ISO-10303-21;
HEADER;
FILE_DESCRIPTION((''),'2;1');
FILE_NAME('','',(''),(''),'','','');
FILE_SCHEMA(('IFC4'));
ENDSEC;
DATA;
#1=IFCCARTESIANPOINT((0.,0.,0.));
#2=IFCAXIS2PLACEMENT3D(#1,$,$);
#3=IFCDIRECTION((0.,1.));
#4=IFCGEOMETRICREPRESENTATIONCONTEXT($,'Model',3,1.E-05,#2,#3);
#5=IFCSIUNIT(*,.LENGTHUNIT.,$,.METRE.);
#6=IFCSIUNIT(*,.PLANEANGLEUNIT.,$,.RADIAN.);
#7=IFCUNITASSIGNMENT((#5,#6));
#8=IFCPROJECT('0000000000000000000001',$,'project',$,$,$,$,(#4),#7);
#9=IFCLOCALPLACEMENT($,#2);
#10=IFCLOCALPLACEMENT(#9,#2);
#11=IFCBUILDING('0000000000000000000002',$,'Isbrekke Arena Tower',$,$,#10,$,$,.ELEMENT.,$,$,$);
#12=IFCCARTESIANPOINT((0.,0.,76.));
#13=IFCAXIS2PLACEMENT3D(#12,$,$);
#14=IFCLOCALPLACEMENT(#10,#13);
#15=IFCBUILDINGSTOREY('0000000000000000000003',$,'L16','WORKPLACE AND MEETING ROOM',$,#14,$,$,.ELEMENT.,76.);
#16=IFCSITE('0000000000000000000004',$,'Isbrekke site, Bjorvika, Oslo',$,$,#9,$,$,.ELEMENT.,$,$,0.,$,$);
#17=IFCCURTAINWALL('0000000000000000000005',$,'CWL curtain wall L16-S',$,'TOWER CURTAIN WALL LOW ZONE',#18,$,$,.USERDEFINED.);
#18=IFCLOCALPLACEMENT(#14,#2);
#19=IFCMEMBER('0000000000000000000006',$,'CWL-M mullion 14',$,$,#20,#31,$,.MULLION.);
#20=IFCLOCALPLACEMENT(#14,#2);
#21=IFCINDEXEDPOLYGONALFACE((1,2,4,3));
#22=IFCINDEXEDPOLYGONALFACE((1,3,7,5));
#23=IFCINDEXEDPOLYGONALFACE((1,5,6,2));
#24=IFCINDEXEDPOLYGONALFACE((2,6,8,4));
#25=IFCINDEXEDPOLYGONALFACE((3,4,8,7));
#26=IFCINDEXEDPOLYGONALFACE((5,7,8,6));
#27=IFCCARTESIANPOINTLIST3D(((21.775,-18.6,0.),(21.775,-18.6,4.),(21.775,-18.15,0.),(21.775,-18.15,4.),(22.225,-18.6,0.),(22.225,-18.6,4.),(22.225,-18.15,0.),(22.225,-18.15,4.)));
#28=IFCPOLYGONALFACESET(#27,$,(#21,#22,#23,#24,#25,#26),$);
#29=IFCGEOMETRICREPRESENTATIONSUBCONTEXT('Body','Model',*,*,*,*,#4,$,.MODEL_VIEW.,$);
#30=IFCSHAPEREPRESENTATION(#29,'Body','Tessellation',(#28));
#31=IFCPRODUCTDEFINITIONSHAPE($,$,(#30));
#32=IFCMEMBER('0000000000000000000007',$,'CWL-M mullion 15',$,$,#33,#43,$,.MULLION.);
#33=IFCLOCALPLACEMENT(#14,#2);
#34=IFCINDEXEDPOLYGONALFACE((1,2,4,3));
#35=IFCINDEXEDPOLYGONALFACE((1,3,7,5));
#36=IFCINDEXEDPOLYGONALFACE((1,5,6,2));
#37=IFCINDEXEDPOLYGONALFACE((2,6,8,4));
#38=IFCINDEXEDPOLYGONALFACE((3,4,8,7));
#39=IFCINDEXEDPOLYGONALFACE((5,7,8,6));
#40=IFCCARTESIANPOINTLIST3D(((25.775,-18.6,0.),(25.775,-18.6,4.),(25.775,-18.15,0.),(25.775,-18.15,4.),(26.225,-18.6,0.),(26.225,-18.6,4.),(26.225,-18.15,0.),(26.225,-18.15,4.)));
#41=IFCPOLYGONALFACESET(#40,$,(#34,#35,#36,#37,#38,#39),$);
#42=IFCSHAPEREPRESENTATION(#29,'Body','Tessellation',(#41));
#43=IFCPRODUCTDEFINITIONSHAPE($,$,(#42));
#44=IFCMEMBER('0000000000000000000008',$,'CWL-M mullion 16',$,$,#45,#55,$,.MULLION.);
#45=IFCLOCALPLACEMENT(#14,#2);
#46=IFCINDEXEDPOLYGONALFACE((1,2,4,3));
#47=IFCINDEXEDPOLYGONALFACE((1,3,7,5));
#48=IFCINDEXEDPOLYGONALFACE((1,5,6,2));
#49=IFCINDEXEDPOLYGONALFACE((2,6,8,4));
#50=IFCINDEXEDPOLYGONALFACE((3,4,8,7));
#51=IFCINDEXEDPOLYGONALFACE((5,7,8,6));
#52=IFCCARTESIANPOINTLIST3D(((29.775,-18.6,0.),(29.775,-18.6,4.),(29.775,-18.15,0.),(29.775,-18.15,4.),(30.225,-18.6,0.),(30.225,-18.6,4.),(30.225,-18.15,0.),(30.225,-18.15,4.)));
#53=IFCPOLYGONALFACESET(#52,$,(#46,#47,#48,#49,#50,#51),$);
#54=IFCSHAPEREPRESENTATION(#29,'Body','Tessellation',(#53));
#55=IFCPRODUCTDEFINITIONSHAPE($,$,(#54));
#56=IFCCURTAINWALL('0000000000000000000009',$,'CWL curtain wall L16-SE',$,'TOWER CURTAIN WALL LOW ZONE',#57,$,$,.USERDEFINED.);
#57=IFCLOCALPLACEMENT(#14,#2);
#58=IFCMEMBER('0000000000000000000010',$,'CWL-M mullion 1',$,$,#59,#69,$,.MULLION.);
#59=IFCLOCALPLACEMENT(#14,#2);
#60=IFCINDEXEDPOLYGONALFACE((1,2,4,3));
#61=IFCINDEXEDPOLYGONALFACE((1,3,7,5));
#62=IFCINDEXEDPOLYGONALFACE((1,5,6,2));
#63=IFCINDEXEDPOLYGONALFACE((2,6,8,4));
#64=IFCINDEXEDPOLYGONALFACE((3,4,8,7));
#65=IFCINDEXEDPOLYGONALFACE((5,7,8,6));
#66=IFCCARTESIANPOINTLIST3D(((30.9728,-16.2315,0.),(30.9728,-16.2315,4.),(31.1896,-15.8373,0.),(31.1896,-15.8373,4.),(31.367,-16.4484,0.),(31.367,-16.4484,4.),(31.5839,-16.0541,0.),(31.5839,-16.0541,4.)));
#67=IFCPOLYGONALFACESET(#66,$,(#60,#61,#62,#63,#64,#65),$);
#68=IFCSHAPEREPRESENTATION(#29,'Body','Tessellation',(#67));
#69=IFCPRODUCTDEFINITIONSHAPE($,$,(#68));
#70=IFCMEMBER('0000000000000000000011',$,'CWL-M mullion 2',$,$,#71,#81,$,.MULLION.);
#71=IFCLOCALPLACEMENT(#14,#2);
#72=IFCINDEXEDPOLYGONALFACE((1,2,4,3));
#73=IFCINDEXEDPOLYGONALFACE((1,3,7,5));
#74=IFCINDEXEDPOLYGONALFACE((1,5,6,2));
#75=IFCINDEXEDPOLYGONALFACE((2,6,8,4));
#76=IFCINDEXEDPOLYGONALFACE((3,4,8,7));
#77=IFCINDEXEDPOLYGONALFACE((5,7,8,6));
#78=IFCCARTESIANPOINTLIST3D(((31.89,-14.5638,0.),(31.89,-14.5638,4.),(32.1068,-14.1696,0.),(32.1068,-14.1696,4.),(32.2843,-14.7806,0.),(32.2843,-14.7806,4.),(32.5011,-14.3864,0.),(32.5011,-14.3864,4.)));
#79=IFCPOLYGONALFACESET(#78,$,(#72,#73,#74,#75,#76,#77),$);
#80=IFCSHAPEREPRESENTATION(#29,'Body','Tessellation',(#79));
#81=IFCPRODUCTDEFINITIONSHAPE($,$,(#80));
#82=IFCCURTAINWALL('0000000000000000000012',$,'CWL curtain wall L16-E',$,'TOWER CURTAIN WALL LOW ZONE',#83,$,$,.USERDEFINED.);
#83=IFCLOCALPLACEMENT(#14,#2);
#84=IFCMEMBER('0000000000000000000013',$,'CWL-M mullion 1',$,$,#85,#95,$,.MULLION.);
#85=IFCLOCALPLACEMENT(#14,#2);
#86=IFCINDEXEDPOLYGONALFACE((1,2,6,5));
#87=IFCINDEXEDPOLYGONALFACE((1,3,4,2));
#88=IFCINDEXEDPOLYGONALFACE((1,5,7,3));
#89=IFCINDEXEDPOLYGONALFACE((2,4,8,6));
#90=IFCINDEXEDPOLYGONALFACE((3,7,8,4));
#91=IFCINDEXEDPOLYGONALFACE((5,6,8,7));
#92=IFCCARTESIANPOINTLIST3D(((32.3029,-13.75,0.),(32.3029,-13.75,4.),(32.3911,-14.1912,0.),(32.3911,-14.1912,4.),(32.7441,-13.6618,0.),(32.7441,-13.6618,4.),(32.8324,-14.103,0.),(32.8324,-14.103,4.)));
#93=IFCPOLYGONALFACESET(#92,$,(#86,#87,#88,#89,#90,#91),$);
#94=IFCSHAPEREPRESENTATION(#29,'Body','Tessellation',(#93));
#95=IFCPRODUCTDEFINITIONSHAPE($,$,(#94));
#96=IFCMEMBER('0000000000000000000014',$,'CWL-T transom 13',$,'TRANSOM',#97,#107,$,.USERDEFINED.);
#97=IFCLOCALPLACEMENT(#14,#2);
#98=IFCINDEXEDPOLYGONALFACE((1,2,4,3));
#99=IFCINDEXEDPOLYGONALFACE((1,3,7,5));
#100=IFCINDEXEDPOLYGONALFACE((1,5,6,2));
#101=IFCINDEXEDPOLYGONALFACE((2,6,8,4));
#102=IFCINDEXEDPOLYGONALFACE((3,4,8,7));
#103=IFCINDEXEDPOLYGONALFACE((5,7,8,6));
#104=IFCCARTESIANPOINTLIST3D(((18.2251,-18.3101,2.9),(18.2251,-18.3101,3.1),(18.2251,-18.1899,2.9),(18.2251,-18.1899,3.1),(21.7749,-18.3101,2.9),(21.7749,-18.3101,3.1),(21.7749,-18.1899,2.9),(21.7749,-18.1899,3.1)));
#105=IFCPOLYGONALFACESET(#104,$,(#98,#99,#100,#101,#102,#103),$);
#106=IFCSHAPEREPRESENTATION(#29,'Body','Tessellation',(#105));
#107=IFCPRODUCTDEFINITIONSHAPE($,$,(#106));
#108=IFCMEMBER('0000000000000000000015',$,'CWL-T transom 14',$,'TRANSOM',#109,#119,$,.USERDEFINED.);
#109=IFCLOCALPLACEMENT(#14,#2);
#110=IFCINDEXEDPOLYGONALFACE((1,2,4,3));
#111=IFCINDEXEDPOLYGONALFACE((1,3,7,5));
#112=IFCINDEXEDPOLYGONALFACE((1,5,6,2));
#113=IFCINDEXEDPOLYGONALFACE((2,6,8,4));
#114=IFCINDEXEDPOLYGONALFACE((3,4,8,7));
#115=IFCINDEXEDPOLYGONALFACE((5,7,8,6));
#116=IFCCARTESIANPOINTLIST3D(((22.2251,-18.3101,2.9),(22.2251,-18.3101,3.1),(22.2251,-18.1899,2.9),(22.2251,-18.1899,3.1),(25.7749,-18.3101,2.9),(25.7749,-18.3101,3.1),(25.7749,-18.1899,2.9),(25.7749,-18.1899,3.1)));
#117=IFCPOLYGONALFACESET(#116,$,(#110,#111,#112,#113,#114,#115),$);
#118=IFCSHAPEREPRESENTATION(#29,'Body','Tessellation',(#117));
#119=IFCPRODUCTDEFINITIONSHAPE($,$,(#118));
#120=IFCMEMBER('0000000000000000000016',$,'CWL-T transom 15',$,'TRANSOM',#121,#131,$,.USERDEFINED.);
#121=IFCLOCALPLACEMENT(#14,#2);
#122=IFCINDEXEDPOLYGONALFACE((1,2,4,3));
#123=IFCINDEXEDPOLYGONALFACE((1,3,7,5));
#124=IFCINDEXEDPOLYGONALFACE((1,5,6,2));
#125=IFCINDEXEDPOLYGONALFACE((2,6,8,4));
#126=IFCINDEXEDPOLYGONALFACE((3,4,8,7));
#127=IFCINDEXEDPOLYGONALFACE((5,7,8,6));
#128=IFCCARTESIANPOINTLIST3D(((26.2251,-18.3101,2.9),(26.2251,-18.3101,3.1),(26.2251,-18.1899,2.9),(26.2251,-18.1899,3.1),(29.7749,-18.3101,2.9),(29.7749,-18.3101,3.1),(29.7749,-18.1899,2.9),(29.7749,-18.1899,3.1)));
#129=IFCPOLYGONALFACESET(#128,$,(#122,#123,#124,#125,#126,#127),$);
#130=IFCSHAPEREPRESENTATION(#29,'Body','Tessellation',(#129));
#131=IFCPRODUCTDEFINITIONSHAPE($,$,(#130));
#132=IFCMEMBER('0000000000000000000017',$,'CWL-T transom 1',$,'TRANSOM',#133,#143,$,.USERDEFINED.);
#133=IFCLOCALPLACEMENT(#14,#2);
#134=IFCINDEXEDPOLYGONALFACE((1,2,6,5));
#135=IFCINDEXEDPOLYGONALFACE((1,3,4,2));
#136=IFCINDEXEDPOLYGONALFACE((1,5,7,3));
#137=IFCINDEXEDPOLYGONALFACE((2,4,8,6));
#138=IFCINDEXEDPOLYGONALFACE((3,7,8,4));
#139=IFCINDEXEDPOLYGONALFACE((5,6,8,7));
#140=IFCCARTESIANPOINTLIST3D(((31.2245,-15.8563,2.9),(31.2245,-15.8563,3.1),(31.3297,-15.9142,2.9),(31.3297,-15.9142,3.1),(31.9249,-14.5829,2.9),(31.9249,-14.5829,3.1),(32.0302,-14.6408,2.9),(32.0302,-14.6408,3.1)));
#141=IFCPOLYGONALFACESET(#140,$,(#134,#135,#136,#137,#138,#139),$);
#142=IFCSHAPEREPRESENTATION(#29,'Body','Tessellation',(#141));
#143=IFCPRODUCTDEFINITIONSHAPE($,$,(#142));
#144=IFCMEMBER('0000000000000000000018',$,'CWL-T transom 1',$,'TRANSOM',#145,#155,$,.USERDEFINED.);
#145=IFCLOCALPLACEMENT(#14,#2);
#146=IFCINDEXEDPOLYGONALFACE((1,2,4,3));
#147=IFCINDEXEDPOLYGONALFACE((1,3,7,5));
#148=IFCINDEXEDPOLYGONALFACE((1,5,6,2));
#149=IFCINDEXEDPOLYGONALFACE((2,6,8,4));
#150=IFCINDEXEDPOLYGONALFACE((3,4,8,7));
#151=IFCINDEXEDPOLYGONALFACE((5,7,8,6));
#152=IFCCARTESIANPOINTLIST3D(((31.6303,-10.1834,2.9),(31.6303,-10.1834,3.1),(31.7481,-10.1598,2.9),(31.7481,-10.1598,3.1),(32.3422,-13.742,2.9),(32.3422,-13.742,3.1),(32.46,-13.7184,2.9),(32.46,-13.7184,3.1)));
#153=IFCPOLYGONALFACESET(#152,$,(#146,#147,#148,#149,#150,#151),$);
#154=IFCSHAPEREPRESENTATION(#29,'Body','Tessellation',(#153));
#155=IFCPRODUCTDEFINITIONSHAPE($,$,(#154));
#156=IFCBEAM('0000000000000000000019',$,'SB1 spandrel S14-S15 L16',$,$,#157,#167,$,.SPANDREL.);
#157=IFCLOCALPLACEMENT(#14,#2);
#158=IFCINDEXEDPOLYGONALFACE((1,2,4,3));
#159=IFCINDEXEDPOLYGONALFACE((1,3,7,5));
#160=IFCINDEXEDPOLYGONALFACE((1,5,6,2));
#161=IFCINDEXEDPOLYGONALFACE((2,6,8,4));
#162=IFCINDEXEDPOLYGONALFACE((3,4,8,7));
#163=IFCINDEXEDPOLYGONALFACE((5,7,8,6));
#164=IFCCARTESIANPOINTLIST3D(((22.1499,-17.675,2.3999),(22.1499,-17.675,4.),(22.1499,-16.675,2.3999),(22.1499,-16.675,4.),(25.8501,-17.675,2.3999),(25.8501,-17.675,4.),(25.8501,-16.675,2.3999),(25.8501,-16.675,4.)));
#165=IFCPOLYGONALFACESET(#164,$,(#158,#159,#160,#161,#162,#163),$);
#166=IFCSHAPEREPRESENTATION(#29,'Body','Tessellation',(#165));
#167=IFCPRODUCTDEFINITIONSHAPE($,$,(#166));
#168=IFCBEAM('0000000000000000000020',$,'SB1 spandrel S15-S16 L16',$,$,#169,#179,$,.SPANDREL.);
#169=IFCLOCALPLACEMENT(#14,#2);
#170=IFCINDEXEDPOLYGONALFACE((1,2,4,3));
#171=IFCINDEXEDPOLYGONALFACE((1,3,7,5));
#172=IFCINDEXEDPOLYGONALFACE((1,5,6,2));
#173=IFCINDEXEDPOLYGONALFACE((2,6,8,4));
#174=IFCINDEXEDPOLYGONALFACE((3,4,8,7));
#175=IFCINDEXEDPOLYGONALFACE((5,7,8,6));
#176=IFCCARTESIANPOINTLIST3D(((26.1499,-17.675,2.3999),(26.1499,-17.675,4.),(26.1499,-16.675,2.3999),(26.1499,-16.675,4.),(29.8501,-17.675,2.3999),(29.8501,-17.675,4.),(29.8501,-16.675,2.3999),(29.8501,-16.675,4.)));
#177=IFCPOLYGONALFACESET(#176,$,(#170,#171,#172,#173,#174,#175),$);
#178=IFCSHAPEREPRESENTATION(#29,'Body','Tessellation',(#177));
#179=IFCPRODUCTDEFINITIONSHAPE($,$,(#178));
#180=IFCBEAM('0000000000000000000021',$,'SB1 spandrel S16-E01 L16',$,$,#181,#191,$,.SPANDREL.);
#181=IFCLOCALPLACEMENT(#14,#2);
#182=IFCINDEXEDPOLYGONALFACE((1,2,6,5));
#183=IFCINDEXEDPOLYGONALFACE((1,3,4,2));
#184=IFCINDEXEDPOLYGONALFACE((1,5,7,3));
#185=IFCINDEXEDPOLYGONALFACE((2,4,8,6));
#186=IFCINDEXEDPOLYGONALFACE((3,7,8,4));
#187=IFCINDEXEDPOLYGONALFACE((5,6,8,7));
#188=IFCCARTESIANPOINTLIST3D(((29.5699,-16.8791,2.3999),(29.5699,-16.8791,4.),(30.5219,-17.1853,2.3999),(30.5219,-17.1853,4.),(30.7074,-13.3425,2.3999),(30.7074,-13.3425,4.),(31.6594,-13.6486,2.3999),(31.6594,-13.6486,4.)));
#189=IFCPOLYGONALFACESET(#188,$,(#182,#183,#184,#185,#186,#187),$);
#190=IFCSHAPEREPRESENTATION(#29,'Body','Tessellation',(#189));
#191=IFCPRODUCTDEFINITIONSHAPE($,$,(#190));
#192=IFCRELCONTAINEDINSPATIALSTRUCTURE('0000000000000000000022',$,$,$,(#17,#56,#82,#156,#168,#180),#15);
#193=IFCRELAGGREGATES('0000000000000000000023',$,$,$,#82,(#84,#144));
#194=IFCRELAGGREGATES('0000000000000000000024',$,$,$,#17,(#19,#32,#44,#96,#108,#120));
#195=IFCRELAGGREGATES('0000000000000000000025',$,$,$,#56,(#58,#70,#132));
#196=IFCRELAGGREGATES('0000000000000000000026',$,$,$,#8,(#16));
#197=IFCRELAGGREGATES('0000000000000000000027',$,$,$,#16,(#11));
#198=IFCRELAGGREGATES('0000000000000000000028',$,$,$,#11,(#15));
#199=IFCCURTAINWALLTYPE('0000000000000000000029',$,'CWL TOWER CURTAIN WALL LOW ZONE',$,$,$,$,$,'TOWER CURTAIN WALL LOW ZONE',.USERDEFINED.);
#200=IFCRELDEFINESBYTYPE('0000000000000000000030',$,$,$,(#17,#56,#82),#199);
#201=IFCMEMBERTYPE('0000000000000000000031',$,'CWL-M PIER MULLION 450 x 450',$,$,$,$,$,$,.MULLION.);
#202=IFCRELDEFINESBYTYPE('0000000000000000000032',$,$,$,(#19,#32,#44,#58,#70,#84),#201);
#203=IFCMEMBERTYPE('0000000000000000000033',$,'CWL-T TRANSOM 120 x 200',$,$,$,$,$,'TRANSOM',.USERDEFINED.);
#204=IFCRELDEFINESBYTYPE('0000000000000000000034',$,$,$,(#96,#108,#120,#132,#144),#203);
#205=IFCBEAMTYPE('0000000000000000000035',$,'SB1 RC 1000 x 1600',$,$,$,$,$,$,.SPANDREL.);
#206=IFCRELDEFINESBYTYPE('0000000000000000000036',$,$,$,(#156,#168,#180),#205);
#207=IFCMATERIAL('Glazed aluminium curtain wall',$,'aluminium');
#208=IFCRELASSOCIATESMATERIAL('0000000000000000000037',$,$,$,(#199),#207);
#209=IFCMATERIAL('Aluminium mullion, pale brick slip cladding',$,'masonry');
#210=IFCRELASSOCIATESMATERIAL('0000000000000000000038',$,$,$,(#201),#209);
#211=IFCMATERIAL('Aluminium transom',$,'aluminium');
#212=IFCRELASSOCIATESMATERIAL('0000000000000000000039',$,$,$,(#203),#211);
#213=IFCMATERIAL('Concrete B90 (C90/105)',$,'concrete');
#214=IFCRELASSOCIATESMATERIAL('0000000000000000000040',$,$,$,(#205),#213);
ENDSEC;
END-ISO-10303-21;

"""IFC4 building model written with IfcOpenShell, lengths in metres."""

from ifc_helpers import new_model, si_unit, direction, frame, origin, origin_2d, place, context, subcontext, project, spatial, rectangle, extrude, material, material_profile, profile_set, type_object, element, aggregate, save


model = new_model("IFC4")

# Units and contexts
model_context = context("Model", 3, precision=1e-05, world=origin(), true_north=direction((0.0, 1.0)))
body_context = subcontext(model_context, "Body", "Model", "MODEL_VIEW")
ifc_project = project(units=[si_unit("LENGTHUNIT", "METRE"), si_unit("PLANEANGLEUNIT", "RADIAN")], contexts=[model_context])

# Site, building, storey
site_placement = place(None, origin())
site = spatial("IfcSite", under=ifc_project, at=site_placement, Name="Isbrekke site, Bjorvika, Oslo", CompositionType="ELEMENT", RefElevation=0.0)
building_placement = place(site_placement, origin())
building = spatial("IfcBuilding", under=site, at=building_placement, Name="Isbrekke Arena Tower", CompositionType="ELEMENT")
storey_placement = place(building_placement, frame((0.0, 0.0, 76.0)))
storey = spatial("IfcBuildingStorey", under=building, at=storey_placement, Name="L16", Description="WORKPLACE AND MEETING ROOM", CompositionType="ELEMENT", Elevation=76.0)

# Curtain walls, members
ifc_material_1 = material(Name="Glazed aluminium curtain wall", Category="aluminium")
curtain_wall_type = type_object("IfcCurtainWallType", Name="CWL TOWER CURTAIN WALL LOW ZONE", ElementType="TOWER CURTAIN WALL LOW ZONE", PredefinedType="USERDEFINED", material=ifc_material_1)
curtain_wall_1_placement = place(storey_placement, origin())
curtain_wall_1 = element("IfcCurtainWall", 1, at=curtain_wall_1_placement, inside=storey, type_object=curtain_wall_type, Name="CWL curtain wall L16-S", ObjectType="TOWER CURTAIN WALL LOW ZONE", PredefinedType="USERDEFINED")
ifc_material_2 = material(Name="Aluminium mullion, pale brick slip cladding", Category="masonry")
ifc_material_profile_1 = material_profile(ifc_material_2, rectangle(XDim=0.45, YDim=0.45, at=origin_2d()), Name="PIER 450X450")
ifc_profile_set_1 = profile_set([ifc_material_profile_1], Name="Aluminium mullion, pale brick slip cladding")
member_type_1 = type_object("IfcMemberType", Name="CWL-M PIER MULLION 450 x 450", PredefinedType="MULLION", material=ifc_profile_set_1)
member_1_placement = place(storey_placement, frame((22.0, -18.375, 0.0), z_axis=(0.0, 0.0, 1.0), x_axis=(1.0, 0.0, 0.0)))
member_1 = element("IfcMember", 2, at=member_1_placement, type_object=member_type_1, Name="CWL-M mullion 14", PredefinedType="MULLION", context=body_context, shape_type="SweptSolid", body=[
    extrude(rectangle(XDim=0.45, YDim=0.45, at=origin_2d()), origin(), (0.0, 0.0, 1.0), 4.0),
])
member_2_placement = place(storey_placement, frame((26.0, -18.375, 0.0), z_axis=(0.0, 0.0, 1.0), x_axis=(1.0, 0.0, 0.0)))
member_2 = element("IfcMember", 3, at=member_2_placement, type_object=member_type_1, Name="CWL-M mullion 15", PredefinedType="MULLION", context=body_context, shape_type="SweptSolid", body=[
    extrude(rectangle(XDim=0.45, YDim=0.45, at=origin_2d()), origin(), (0.0, 0.0, 1.0), 4.0),
])
member_3_placement = place(storey_placement, frame((30.0, -18.375, 0.0), z_axis=(0.0, 0.0, 1.0), x_axis=(1.0, 0.0, 0.0)))
member_3 = element("IfcMember", 4, at=member_3_placement, type_object=member_type_1, Name="CWL-M mullion 16", PredefinedType="MULLION", context=body_context, shape_type="SweptSolid", body=[
    extrude(rectangle(XDim=0.45, YDim=0.45, at=origin_2d()), origin(), (0.0, 0.0, 1.0), 4.0),
])
curtain_wall_2_placement = place(storey_placement, origin())
curtain_wall_2 = element("IfcCurtainWall", 5, at=curtain_wall_2_placement, inside=storey, type_object=curtain_wall_type, Name="CWL curtain wall L16-SE", ObjectType="TOWER CURTAIN WALL LOW ZONE", PredefinedType="USERDEFINED")
member_4_placement = place(storey_placement, frame((31.2783, -16.1428, 0.0), z_axis=(0.0, 0.0, 1.0), x_axis=(0.481919, 0.876216, 0.0)))
member_4 = element("IfcMember", 6, at=member_4_placement, type_object=member_type_1, Name="CWL-M mullion 1", PredefinedType="MULLION", context=body_context, shape_type="SweptSolid", body=[
    extrude(rectangle(XDim=0.45, YDim=0.45, at=origin_2d()), origin(), (0.0, 0.0, 1.0), 4.0),
])
member_5_placement = place(storey_placement, frame((32.1956, -14.4751, 0.0), z_axis=(0.0, 0.0, 1.0), x_axis=(0.481919, 0.876216, 0.0)))
member_5 = element("IfcMember", 7, at=member_5_placement, type_object=member_type_1, Name="CWL-M mullion 2", PredefinedType="MULLION", context=body_context, shape_type="SweptSolid", body=[
    extrude(rectangle(XDim=0.45, YDim=0.45, at=origin_2d()), origin(), (0.0, 0.0, 1.0), 4.0),
])

# Curtain wall, member
curtain_wall_3_placement = place(storey_placement, origin())
curtain_wall_3 = element("IfcCurtainWall", 8, at=curtain_wall_3_placement, inside=storey, type_object=curtain_wall_type, Name="CWL curtain wall L16-E", ObjectType="TOWER CURTAIN WALL LOW ZONE", PredefinedType="USERDEFINED")
member_6_placement = place(storey_placement, frame((32.5676, -13.9265, 0.0), z_axis=(0.0, 0.0, 1.0), x_axis=(-0.196116, 0.980581, 0.0)))
member_6 = element("IfcMember", 9, at=member_6_placement, type_object=member_type_1, Name="CWL-M mullion 1", PredefinedType="MULLION", context=body_context, shape_type="SweptSolid", body=[
    extrude(rectangle(XDim=0.45, YDim=0.45, at=origin_2d()), origin(), (0.0, 0.0, 1.0), 4.0),
])

# Members
ifc_material_3 = material(Name="Aluminium transom", Category="aluminium")
ifc_material_profile_2 = material_profile(ifc_material_3, rectangle(XDim=0.1201, YDim=0.2, at=origin_2d()), Name="TRANSOM 120X200")
ifc_profile_set_2 = profile_set([ifc_material_profile_2], Name="Aluminium transom")
member_type_2 = type_object("IfcMemberType", Name="CWL-T TRANSOM 120 x 200", ElementType="TRANSOM", PredefinedType="USERDEFINED", material=ifc_profile_set_2)
member_7_placement = place(storey_placement, frame((18.2251, -18.25, 3.0), z_axis=(1.0, 0.0, 0.0), x_axis=(0.0, 1.0, 0.0)))
member_7 = element("IfcMember", 10, at=member_7_placement, type_object=member_type_2, Name="CWL-T transom 13", ObjectType="TRANSOM", PredefinedType="USERDEFINED", context=body_context, shape_type="SweptSolid", body=[
    extrude(rectangle(XDim=0.1201, YDim=0.2, at=origin_2d()), origin(), (0.0, 0.0, 1.0), 3.5498),
])
member_8_placement = place(storey_placement, frame((22.2251, -18.25, 3.0), z_axis=(1.0, 0.0, 0.0), x_axis=(0.0, 1.0, 0.0)))
member_8 = element("IfcMember", 11, at=member_8_placement, type_object=member_type_2, Name="CWL-T transom 14", ObjectType="TRANSOM", PredefinedType="USERDEFINED", context=body_context, shape_type="SweptSolid", body=[
    extrude(rectangle(XDim=0.1201, YDim=0.2, at=origin_2d()), origin(), (0.0, 0.0, 1.0), 3.5498),
])
member_9_placement = place(storey_placement, frame((26.2251, -18.25, 3.0), z_axis=(1.0, 0.0, 0.0), x_axis=(0.0, 1.0, 0.0)))
member_9 = element("IfcMember", 12, at=member_9_placement, type_object=member_type_2, Name="CWL-T transom 15", ObjectType="TRANSOM", PredefinedType="USERDEFINED", context=body_context, shape_type="SweptSolid", body=[
    extrude(rectangle(XDim=0.1201, YDim=0.2, at=origin_2d()), origin(), (0.0, 0.0, 1.0), 3.5498),
])
member_10_placement = place(storey_placement, frame((31.2771, -15.8853, 3.0), z_axis=(0.481945, 0.876202, 0.0), x_axis=(-0.876202, 0.481945, 0.0)))
member_10 = element("IfcMember", 13, at=member_10_placement, type_object=member_type_2, Name="CWL-T transom 1", ObjectType="TRANSOM", PredefinedType="USERDEFINED", context=body_context, shape_type="SweptSolid", body=[
    extrude(rectangle(XDim=0.1201, YDim=0.2, at=origin_2d()), origin(), (0.0, 0.0, 1.0), 1.4534),
])
member_11_placement = place(storey_placement, frame((32.4011, -13.7302, 3.0), z_axis=(-0.196168, 0.98057, 0.0), x_axis=(-0.98057, -0.196168, 0.0)))
member_11 = element("IfcMember", 14, at=member_11_placement, type_object=member_type_2, Name="CWL-T transom 1", ObjectType="TRANSOM", PredefinedType="USERDEFINED", context=body_context, shape_type="SweptSolid", body=[
    extrude(rectangle(XDim=0.1201, YDim=0.2, at=origin_2d()), origin(), (0.0, 0.0, 1.0), 3.6292),
])
aggregate(curtain_wall_3, [member_6, member_11])

# Beams
ifc_material_4 = material(Name="Concrete B90 (C90/105)", Category="concrete")
ifc_material_profile_3 = material_profile(ifc_material_4, rectangle(XDim=1.0, YDim=1.6001, at=origin_2d()), Name="RC 1000x1600")
ifc_profile_set_3 = profile_set([ifc_material_profile_3], Name="Concrete B90 (C90/105)")
beam_type_1 = type_object("IfcBeamType", Name="SB1 RC 1000 x 1600", PredefinedType="SPANDREL", material=ifc_profile_set_3)
for number, where, z_axis, x_axis, name in (
    (15, (22.1499, -17.175, 3.2), (1.0, 0.0, 0.0), (0.0, 1.0, 0.0), "SB1 spandrel S14-S15 L16"),
    (16, (26.1499, -17.175, 3.2), (1.0, 0.0, 0.0), (0.0, 1.0, 0.0), "SB1 spandrel S15-S16 L16"),
):
    element("IfcBeam", number, at=place(storey_placement, frame(where, z_axis=z_axis, x_axis=x_axis)), inside=storey, type_object=beam_type_1, Name=name, PredefinedType="SPANDREL", context=body_context, shape_type="SweptSolid", body=[
        extrude(rectangle(XDim=1.0, YDim=1.6001, at=origin_2d()), origin(), (0.0, 0.0, 1.0), 3.7002),
    ])
beam_1_placement = place(storey_placement, frame((30.0459, -17.0322, 3.2), z_axis=(0.306175, 0.951975, 0.0), x_axis=(-0.951975, 0.306175, 0.0)))
element("IfcBeam", 17, at=beam_1_placement, inside=storey, type_object=beam_type_1, Name="SB1 spandrel S16-E01 L16", PredefinedType="SPANDREL", context=body_context, shape_type="SweptSolid", body=[
    extrude(rectangle(XDim=1.0, YDim=1.6001, at=origin_2d()), origin(), (0.0, 0.0, 1.0), 3.7151),
])

aggregate(curtain_wall_1, [member_1, member_2, member_3, member_7, member_8, member_9])
aggregate(curtain_wall_2, [member_4, member_5, member_10])

save(model, "model.ifc")
